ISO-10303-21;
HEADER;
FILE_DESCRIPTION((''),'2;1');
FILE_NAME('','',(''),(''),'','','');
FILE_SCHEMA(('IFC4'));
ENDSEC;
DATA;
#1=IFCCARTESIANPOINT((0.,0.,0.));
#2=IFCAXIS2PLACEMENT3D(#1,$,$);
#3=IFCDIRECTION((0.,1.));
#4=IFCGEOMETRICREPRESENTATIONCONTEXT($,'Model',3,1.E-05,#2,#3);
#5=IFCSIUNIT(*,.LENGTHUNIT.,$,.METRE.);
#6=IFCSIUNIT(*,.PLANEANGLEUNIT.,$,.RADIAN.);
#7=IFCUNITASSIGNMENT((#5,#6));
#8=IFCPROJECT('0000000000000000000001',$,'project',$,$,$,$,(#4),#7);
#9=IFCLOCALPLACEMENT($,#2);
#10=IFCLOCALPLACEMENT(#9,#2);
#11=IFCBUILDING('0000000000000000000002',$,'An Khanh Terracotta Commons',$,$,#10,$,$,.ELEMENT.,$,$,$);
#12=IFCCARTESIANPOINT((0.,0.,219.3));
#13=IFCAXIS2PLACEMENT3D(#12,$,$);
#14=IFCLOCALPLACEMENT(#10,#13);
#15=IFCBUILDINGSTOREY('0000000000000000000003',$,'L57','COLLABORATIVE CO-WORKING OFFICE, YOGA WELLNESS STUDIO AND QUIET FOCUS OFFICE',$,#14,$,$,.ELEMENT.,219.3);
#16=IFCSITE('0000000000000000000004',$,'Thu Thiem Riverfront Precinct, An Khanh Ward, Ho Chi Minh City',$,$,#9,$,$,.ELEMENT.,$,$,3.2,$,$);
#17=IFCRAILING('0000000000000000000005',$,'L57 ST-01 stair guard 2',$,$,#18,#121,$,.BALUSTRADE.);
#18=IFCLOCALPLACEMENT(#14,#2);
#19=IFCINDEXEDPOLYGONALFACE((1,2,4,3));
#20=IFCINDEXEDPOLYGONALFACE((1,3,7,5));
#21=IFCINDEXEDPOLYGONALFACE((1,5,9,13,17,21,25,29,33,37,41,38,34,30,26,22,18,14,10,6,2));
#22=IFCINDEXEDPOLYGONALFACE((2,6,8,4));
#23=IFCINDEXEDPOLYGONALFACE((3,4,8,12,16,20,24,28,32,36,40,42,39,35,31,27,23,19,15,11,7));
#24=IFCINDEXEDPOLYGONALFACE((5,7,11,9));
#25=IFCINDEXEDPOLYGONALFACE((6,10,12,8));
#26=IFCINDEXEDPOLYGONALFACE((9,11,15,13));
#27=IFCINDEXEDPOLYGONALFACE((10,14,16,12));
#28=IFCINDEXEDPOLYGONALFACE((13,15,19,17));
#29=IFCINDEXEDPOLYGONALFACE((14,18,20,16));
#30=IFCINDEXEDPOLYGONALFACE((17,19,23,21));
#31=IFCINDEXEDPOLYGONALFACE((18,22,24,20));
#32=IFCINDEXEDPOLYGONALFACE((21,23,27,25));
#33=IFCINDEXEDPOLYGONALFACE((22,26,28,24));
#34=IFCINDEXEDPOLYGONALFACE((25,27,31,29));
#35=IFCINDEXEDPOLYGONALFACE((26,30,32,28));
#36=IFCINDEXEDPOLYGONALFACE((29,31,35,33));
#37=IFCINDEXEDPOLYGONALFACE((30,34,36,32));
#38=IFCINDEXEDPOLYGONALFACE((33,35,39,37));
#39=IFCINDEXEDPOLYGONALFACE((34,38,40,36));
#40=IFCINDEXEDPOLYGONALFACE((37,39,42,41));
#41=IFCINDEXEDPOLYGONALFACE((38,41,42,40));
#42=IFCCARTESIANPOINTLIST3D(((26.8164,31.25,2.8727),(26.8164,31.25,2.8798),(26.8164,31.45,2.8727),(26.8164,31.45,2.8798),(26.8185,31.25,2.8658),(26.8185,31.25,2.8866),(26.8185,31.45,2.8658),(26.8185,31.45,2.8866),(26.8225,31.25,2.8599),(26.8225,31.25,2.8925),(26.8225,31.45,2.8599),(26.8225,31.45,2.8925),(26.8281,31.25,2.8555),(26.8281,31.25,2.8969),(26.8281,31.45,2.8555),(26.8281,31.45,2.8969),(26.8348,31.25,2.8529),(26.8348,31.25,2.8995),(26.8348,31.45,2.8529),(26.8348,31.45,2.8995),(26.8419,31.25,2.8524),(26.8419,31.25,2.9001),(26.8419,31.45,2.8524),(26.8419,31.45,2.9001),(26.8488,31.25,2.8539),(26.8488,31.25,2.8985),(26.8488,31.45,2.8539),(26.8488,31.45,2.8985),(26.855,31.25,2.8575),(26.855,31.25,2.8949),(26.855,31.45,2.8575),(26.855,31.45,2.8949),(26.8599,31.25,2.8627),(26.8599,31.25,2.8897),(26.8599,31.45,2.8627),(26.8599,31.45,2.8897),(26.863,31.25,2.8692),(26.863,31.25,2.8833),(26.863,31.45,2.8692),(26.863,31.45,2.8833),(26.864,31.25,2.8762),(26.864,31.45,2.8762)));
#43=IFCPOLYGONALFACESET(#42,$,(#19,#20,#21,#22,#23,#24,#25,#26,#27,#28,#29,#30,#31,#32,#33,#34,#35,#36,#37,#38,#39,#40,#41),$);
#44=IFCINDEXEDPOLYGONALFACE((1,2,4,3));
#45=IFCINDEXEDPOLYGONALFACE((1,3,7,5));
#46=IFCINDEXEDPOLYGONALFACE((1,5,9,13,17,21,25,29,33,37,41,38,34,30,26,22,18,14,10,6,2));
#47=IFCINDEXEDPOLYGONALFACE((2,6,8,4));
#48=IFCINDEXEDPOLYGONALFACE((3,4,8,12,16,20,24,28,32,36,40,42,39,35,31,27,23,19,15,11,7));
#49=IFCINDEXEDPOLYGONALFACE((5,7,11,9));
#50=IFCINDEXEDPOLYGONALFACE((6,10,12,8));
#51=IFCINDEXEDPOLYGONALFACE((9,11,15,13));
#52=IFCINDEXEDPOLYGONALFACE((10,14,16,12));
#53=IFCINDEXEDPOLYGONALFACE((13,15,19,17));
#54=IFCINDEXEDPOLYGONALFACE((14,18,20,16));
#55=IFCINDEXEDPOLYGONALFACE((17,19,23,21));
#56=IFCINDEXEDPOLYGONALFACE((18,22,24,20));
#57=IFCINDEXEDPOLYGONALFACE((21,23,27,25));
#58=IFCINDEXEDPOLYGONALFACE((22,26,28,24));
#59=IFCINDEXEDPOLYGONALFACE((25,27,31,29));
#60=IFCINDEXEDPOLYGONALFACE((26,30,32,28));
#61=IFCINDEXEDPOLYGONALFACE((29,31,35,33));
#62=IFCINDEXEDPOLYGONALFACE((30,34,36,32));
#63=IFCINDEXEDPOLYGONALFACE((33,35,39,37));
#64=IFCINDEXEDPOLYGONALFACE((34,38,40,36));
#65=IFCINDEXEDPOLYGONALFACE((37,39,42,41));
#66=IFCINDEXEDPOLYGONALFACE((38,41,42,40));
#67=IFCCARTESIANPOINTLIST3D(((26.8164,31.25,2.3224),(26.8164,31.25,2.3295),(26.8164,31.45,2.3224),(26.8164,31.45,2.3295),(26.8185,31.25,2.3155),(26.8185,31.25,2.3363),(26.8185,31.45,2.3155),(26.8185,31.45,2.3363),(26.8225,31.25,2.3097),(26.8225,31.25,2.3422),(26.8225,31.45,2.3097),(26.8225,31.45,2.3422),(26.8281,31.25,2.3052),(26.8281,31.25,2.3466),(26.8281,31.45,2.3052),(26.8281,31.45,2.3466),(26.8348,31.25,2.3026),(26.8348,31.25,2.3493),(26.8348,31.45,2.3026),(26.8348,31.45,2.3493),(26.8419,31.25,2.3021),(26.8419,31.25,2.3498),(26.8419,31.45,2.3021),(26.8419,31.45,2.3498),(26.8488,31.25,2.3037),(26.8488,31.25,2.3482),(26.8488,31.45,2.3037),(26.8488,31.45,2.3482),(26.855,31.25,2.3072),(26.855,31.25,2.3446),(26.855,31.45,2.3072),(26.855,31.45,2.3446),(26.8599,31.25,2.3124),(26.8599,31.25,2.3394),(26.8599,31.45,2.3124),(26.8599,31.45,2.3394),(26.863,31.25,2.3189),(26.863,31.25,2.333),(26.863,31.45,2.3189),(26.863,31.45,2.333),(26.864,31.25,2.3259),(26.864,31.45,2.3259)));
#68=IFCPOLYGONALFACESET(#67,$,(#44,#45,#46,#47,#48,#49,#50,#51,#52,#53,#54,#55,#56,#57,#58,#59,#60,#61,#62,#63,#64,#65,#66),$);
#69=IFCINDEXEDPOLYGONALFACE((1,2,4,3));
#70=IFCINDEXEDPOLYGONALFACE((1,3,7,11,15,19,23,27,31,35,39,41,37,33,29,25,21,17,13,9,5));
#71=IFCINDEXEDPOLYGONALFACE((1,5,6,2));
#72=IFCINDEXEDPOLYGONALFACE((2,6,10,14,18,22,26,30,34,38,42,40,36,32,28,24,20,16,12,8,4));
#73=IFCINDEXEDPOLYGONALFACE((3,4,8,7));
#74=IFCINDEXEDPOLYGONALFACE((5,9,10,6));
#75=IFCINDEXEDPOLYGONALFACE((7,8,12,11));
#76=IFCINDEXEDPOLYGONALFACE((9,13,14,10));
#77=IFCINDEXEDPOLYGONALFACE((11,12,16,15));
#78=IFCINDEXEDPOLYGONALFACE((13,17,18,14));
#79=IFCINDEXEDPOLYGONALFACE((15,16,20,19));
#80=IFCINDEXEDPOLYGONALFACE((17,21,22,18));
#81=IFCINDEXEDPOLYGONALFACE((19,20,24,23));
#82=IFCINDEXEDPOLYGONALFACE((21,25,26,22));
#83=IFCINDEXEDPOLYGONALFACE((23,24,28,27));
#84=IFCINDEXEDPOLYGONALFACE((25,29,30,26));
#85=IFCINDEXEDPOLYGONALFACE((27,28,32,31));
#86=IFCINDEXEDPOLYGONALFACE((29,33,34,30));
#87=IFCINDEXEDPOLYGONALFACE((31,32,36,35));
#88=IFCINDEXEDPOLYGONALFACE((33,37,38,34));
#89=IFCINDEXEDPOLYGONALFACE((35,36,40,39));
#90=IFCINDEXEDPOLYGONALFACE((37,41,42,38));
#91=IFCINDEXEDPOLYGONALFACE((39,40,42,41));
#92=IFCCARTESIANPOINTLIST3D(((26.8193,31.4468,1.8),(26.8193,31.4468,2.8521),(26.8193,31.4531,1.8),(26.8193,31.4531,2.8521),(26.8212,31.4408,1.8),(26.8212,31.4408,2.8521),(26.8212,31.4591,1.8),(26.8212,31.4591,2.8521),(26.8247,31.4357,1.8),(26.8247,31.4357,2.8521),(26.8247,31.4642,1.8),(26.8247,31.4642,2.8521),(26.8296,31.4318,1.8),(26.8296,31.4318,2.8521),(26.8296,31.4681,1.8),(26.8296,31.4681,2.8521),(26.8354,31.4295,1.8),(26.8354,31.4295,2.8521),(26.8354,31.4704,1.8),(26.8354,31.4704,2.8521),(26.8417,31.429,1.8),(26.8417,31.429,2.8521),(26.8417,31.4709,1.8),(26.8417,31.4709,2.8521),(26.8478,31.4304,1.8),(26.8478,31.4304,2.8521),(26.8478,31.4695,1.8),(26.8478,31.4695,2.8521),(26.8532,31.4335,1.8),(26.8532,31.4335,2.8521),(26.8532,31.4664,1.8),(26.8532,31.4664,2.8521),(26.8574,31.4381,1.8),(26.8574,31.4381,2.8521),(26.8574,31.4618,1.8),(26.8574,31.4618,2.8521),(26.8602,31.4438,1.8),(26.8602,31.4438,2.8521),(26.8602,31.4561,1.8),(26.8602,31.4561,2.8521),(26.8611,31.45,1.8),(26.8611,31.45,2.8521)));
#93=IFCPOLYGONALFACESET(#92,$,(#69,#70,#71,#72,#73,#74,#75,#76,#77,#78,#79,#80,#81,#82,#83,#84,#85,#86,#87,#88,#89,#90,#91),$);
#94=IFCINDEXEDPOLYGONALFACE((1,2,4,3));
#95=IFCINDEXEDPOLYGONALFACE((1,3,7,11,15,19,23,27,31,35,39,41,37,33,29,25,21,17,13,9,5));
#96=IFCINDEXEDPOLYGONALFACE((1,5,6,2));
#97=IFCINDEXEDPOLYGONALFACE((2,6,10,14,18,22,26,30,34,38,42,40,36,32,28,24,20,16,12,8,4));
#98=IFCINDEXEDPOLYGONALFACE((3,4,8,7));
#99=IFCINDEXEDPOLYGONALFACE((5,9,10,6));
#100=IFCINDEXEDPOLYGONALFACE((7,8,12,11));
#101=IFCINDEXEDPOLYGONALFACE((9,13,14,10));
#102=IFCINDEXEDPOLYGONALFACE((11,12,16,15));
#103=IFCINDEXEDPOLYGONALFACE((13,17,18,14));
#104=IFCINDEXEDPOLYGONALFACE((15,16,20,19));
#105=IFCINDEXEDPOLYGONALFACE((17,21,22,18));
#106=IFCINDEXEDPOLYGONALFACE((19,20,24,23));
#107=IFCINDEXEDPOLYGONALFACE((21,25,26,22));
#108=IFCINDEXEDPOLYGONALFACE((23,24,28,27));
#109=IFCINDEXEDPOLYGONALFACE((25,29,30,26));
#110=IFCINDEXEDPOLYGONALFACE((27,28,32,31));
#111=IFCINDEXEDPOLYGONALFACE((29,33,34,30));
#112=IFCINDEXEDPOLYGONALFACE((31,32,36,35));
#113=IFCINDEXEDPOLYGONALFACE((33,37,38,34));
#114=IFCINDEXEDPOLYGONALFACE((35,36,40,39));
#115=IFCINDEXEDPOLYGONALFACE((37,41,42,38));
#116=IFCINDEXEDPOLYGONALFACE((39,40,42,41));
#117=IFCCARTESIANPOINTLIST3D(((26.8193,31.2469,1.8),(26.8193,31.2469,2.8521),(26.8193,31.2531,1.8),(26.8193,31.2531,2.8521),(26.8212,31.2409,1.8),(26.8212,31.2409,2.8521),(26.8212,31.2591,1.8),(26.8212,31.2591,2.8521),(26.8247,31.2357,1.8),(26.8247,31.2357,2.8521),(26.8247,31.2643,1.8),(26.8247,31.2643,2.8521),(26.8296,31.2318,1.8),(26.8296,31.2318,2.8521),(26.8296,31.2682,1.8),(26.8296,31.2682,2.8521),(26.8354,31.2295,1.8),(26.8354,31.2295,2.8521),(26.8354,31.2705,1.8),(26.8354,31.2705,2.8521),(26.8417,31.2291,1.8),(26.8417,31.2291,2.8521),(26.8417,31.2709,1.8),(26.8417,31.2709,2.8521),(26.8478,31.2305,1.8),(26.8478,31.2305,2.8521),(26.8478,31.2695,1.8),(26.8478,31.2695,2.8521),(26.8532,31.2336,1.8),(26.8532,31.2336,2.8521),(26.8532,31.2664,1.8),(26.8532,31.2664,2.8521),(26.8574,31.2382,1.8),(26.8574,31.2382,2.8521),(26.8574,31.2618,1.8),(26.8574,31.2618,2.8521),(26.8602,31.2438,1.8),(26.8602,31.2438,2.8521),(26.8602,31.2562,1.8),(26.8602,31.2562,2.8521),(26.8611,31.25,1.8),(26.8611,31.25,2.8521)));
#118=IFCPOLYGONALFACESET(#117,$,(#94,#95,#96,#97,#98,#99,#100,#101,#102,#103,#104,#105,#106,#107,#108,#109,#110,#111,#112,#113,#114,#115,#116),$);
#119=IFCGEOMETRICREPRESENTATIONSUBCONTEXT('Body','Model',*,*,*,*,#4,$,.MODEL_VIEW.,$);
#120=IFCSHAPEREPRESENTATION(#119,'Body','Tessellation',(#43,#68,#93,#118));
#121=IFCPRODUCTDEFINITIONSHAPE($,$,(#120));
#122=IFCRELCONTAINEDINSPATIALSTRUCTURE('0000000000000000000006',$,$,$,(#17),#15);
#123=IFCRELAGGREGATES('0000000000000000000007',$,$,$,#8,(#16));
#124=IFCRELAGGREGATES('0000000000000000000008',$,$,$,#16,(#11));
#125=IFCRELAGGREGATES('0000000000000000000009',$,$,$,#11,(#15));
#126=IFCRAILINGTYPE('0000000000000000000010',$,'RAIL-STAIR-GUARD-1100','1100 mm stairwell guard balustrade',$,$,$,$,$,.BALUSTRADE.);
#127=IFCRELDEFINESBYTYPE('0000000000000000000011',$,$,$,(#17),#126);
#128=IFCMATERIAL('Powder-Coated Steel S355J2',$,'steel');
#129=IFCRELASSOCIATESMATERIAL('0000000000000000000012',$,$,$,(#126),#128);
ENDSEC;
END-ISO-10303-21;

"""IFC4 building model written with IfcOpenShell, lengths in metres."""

from ifc_helpers import new_model, si_unit, direction, frame, origin, origin_2d, place, context, subcontext, project, spatial, circle, extrude, material, type_object, element, save


model = new_model("IFC4")

# Units and contexts
model_context = context("Model", 3, precision=1e-05, world=origin(), true_north=direction((0.0, 1.0)))
body_context = subcontext(model_context, "Body", "Model", "MODEL_VIEW")
ifc_project = project(units=[si_unit("LENGTHUNIT", "METRE"), si_unit("PLANEANGLEUNIT", "RADIAN")], contexts=[model_context])

# Site, building, storey
site_placement = place(None, origin())
site = spatial("IfcSite", under=ifc_project, at=site_placement, Name="Thu Thiem Riverfront Precinct, An Khanh Ward, Ho Chi Minh City", CompositionType="ELEMENT", RefElevation=3.2)
building_placement = place(site_placement, origin())
building = spatial("IfcBuilding", under=site, at=building_placement, Name="An Khanh Terracotta Commons", CompositionType="ELEMENT")
storey_placement = place(building_placement, frame((0.0, 0.0, 219.3)))
storey = spatial("IfcBuildingStorey", under=building, at=storey_placement, Name="L57", Description="COLLABORATIVE CO-WORKING OFFICE, YOGA WELLNESS STUDIO AND QUIET FOCUS OFFICE", CompositionType="ELEMENT", Elevation=219.3)

# Railing
ifc_material_1 = material(Name="Powder-Coated Steel S355J2", Category="steel")
railing_type_1 = type_object("IfcRailingType", Name="RAIL-STAIR-GUARD-1100", Description="1100 mm stairwell guard balustrade", PredefinedType="BALUSTRADE", material=ifc_material_1)
railing_1_placement = place(storey_placement, frame((26.8401, 31.45, 1.8)))
element("IfcRailing", 1, at=railing_1_placement, inside=storey, type_object=railing_type_1, Name="L57 ST-01 stair guard 2", PredefinedType="BALUSTRADE", context=body_context, shape_type="SweptSolid", body=[
    extrude(circle(Radius=0.0239, at=origin_2d()), frame((0.0, 0.0, 1.0762), z_axis=(0.0, -1.0, 0.0), x_axis=(1.0, 0.0, 0.0)), (0.0, 0.0, 1.0), 0.2),
    extrude(circle(Radius=0.0239, at=origin_2d()), frame((0.0, 0.0, 0.5259), z_axis=(0.0, -1.0, 0.0), x_axis=(1.0, 0.0, 0.0)), (0.0, 0.0, 1.0), 0.2),
    extrude(circle(Radius=0.021, at=origin_2d()), origin(), (0.0, 0.0, 1.0), 1.052),
    extrude(circle(Radius=0.021, at=origin_2d()), frame((0.0, -0.2, 0.0)), (0.0, 0.0, 1.0), 1.052),
])

save(model, "model.ifc")
